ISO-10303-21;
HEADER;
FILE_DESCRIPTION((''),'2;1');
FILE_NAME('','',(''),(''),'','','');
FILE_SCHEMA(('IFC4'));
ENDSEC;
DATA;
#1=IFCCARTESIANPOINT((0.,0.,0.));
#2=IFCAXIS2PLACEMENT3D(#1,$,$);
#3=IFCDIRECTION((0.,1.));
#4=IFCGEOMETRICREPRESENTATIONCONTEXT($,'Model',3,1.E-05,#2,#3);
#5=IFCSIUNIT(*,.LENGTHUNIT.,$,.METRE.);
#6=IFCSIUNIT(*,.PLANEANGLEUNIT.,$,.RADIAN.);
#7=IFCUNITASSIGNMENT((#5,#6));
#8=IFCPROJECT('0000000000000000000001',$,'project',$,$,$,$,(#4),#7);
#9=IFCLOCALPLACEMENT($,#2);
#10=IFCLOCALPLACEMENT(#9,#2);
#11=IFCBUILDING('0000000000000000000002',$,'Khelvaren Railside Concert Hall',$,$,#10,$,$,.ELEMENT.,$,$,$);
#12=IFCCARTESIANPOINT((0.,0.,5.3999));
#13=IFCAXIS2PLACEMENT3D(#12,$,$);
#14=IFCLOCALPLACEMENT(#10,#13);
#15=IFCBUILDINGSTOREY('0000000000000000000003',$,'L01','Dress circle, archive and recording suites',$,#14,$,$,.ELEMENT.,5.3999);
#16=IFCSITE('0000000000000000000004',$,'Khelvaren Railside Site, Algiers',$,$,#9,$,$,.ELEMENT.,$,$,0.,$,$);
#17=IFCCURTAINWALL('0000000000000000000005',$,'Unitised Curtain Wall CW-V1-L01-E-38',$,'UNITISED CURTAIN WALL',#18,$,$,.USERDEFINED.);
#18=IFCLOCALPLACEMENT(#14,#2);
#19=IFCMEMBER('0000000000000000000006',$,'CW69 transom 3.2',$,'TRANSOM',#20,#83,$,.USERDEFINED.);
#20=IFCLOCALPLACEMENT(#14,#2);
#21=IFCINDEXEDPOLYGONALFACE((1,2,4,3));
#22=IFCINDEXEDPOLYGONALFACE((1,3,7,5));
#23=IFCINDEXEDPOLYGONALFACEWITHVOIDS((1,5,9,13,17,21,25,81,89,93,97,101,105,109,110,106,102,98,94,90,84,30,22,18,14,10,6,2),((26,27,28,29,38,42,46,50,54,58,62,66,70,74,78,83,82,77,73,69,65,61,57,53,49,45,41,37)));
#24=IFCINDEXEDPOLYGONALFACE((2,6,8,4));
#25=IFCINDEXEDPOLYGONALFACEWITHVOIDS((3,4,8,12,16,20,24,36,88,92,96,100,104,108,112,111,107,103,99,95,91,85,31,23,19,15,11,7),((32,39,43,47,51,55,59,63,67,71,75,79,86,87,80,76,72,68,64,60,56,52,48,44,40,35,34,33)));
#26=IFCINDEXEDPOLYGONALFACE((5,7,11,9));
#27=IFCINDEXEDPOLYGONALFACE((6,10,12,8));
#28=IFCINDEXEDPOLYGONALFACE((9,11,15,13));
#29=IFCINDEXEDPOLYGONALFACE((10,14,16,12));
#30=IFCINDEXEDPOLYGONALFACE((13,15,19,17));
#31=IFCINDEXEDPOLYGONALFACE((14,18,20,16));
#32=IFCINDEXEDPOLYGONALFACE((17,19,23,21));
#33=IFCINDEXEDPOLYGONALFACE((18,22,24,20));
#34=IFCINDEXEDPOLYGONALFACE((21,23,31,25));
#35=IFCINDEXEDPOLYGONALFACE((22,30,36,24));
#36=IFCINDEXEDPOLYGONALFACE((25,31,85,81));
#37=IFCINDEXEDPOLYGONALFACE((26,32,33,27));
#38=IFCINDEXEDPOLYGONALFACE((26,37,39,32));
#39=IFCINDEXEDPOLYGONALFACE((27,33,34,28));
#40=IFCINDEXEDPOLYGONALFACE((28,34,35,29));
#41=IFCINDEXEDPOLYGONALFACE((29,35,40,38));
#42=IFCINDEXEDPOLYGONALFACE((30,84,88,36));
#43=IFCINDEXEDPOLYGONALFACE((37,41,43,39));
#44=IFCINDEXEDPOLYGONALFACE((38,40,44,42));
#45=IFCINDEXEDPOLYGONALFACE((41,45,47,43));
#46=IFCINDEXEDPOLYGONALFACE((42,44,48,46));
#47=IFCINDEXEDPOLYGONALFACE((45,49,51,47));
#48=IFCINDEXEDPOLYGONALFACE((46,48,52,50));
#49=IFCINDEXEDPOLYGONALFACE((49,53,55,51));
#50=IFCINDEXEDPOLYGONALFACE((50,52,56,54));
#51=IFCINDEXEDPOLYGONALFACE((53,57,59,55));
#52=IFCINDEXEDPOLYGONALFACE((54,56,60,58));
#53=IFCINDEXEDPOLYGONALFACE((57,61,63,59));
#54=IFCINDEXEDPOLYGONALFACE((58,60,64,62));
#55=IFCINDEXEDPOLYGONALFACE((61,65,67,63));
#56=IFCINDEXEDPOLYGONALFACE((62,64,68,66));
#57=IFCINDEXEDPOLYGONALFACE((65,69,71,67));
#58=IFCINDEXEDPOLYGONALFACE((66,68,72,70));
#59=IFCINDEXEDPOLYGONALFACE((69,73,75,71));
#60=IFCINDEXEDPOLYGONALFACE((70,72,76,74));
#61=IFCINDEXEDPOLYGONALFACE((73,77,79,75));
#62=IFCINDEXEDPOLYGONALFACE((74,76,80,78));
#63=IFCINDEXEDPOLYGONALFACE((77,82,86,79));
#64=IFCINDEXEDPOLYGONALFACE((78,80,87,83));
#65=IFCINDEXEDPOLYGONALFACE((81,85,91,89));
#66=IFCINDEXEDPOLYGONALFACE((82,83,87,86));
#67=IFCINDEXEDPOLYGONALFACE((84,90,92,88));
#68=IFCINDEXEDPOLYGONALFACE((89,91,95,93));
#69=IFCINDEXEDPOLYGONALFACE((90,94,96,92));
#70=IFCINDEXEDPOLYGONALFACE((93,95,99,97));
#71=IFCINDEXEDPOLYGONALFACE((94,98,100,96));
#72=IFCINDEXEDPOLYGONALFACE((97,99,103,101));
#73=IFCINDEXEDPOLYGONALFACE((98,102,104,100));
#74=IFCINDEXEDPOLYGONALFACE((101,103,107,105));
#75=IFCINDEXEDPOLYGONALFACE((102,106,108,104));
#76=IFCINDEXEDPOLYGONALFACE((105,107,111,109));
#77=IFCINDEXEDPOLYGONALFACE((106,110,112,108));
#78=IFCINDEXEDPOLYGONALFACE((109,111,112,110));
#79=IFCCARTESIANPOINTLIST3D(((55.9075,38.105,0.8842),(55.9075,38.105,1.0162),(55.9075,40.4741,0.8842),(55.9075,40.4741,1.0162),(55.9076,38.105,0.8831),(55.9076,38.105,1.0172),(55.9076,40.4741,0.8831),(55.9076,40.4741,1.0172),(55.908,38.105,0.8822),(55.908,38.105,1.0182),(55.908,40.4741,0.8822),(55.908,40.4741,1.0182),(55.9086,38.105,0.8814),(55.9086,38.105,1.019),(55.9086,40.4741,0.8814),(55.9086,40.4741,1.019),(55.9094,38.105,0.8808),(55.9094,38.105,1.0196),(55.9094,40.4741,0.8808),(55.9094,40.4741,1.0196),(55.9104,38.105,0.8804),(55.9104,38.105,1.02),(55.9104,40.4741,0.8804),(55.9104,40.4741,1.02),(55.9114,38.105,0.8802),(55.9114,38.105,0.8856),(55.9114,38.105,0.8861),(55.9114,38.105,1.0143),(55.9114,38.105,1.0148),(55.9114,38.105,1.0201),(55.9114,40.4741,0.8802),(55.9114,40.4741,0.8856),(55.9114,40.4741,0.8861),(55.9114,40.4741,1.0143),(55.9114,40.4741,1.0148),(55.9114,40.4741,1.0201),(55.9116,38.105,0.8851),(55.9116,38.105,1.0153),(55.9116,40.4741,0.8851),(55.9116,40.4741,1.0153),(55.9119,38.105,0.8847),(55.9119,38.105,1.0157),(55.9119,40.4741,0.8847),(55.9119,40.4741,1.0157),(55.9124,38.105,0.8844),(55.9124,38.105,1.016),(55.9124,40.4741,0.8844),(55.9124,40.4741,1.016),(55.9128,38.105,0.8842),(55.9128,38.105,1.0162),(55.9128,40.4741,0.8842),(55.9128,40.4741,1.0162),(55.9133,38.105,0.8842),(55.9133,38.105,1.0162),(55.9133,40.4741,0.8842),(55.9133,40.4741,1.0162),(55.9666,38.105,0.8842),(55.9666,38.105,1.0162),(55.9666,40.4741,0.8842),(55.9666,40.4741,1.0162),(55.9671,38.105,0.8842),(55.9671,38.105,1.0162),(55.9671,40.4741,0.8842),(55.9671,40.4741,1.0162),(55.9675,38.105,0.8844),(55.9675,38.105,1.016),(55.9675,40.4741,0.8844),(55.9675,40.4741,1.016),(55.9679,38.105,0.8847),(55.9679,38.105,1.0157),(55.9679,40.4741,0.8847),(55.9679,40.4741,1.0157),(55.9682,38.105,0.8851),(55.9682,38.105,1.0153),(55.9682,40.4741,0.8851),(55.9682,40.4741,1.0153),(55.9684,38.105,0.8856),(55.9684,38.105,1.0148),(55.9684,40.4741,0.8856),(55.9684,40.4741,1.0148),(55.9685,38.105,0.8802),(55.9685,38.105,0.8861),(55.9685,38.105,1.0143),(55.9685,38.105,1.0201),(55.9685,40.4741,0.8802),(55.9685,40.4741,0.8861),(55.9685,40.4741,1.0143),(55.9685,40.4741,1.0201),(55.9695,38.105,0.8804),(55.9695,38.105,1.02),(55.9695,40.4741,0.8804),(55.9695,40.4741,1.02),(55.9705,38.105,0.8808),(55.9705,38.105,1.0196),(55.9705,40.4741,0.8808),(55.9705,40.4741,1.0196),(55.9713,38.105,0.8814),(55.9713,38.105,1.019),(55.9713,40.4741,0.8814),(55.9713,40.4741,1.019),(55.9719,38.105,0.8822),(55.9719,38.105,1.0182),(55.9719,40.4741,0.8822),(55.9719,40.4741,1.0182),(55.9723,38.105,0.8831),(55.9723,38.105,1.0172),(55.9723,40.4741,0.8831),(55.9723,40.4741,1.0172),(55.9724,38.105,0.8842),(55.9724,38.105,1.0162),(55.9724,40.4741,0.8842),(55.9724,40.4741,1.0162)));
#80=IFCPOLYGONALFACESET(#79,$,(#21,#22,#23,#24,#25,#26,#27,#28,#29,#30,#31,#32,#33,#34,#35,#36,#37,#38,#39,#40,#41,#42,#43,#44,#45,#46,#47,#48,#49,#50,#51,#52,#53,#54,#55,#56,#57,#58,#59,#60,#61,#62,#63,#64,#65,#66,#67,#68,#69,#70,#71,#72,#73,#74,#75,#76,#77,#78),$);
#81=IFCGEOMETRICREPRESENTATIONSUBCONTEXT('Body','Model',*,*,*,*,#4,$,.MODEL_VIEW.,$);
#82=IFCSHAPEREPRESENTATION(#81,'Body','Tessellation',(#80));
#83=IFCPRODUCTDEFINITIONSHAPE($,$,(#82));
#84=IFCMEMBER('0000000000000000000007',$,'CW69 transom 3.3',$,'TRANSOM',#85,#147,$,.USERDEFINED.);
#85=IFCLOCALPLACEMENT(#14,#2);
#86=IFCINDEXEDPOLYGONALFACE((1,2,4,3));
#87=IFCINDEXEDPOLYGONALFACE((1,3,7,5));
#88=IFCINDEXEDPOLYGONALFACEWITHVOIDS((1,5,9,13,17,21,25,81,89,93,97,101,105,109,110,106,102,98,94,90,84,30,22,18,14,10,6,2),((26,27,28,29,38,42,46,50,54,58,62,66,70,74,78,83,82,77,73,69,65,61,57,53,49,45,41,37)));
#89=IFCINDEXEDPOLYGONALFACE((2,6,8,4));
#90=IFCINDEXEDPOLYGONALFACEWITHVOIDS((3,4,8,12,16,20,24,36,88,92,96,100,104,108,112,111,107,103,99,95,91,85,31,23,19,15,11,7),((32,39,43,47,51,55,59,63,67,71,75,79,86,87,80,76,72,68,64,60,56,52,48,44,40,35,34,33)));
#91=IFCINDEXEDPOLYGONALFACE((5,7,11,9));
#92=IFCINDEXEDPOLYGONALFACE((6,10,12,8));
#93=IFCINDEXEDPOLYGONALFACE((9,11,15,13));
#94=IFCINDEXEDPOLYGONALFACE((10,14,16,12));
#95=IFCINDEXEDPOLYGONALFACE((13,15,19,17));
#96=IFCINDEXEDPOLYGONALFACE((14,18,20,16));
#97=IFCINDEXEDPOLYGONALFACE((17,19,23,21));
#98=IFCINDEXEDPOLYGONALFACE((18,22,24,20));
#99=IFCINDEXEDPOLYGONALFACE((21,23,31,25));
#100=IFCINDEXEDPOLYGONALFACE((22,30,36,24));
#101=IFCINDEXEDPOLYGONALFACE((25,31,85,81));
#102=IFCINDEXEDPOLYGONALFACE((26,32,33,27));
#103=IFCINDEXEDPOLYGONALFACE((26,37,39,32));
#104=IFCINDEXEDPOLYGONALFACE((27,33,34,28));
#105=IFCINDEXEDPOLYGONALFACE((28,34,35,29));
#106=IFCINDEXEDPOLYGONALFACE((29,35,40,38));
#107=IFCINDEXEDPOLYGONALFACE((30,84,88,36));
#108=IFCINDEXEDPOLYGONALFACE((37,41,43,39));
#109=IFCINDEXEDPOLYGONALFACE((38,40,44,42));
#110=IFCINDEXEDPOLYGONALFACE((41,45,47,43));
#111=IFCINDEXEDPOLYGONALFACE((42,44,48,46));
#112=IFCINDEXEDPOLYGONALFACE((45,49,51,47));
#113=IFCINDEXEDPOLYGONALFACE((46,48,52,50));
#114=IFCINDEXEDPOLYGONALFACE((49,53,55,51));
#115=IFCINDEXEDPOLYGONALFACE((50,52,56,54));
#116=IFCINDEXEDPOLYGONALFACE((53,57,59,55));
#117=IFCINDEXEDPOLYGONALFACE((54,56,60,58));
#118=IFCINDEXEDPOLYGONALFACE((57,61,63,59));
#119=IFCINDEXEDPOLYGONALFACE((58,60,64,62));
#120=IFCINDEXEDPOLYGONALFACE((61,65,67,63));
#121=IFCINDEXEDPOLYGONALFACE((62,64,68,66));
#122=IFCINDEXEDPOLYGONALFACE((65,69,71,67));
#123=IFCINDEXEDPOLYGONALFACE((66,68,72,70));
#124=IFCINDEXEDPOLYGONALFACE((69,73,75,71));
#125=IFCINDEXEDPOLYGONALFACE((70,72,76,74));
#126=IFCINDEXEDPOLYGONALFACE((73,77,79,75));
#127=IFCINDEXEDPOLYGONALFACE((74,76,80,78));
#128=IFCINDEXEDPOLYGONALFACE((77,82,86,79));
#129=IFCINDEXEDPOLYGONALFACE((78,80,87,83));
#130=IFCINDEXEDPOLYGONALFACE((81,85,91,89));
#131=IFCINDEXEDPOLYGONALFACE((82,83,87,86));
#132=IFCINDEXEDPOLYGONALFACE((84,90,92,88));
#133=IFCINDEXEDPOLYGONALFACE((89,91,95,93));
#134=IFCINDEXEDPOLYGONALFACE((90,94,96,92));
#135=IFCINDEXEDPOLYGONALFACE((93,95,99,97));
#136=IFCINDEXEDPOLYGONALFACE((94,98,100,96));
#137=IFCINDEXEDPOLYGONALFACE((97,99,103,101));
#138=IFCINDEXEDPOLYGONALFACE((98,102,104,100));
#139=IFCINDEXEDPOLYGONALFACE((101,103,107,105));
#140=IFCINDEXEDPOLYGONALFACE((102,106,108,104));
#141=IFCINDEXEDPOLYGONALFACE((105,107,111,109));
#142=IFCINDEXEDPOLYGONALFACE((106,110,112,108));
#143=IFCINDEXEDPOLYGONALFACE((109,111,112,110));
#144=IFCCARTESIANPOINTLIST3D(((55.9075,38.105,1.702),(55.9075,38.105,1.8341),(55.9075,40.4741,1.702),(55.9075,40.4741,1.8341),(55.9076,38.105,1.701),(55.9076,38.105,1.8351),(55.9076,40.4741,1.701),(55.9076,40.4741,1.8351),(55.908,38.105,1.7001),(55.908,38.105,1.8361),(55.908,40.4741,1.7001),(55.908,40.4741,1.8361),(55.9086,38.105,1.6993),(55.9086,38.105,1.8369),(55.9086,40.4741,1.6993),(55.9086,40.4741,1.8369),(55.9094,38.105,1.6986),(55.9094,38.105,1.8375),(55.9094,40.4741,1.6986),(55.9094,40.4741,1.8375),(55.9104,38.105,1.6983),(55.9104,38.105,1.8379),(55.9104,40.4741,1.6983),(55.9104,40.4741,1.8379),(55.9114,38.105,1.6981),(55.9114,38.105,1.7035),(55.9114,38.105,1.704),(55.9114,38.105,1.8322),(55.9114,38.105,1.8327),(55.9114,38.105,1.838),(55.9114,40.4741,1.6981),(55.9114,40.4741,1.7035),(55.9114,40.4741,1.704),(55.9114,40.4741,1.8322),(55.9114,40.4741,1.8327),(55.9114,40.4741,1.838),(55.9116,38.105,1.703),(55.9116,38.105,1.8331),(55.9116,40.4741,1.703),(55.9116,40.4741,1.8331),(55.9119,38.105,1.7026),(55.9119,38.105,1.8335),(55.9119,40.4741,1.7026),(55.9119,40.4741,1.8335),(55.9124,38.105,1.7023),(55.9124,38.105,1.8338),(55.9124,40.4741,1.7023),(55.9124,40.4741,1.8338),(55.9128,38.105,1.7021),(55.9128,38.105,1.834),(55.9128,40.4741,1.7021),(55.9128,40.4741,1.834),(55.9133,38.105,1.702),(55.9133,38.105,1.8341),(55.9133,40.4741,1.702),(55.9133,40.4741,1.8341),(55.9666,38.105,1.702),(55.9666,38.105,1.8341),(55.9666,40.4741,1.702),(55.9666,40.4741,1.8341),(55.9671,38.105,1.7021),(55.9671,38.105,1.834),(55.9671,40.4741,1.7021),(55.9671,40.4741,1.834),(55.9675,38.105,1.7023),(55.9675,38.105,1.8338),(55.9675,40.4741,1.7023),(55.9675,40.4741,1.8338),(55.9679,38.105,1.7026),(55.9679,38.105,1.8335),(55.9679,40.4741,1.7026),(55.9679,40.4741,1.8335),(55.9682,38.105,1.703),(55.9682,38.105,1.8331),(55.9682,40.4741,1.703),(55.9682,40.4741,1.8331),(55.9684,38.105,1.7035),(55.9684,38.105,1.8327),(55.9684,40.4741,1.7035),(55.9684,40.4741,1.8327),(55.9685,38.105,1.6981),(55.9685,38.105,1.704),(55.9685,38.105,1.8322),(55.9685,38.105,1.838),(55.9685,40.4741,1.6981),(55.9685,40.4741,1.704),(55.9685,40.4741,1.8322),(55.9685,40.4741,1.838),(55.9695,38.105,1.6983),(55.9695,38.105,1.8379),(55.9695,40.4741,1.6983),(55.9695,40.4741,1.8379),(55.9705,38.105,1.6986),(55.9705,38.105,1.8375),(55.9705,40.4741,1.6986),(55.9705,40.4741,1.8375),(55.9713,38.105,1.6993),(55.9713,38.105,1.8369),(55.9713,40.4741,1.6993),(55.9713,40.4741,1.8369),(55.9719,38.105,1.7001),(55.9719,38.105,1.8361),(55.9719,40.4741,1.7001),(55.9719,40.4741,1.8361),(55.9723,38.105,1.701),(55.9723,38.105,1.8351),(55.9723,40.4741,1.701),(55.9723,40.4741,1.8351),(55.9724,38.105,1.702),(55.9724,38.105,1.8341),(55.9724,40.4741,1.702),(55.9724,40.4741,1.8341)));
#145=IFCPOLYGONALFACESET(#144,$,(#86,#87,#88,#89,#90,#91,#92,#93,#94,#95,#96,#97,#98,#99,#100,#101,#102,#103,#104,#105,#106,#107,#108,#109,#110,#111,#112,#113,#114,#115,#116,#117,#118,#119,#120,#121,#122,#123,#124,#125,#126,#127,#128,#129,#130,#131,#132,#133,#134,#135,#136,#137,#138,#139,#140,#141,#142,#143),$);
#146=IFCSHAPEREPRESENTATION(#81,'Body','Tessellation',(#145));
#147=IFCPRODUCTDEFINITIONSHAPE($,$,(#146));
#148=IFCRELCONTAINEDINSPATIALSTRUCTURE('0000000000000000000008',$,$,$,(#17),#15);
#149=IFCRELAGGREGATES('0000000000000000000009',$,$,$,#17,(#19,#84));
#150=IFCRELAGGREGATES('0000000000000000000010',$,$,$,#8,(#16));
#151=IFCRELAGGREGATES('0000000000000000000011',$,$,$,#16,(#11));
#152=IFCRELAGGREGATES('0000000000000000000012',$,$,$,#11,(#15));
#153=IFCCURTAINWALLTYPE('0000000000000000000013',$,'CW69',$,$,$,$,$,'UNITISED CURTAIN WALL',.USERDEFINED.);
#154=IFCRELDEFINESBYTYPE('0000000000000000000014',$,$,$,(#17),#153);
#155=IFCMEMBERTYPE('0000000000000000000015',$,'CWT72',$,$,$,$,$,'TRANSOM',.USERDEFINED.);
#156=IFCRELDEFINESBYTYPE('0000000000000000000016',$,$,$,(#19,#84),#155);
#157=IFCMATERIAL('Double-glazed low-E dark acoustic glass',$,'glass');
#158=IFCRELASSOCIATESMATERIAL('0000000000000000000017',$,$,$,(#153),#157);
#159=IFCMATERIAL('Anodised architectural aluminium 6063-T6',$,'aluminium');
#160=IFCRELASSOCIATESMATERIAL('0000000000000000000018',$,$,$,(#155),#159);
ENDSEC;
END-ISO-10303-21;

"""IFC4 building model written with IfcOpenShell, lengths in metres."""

from ifc_helpers import new_model, si_unit, direction, frame, origin, origin_2d, place, context, subcontext, project, spatial, hollow_rectangle, extrude, material, material_profile, profile_set, type_object, element, aggregate, save


model = new_model("IFC4")

# Units and contexts
model_context = context("Model", 3, precision=1e-05, world=origin(), true_north=direction((0.0, 1.0)))
body_context = subcontext(model_context, "Body", "Model", "MODEL_VIEW")
ifc_project = project(units=[si_unit("LENGTHUNIT", "METRE"), si_unit("PLANEANGLEUNIT", "RADIAN")], contexts=[model_context])

# Site, building, storey
site_placement = place(None, origin())
site = spatial("IfcSite", under=ifc_project, at=site_placement, Name="Khelvaren Railside Site, Algiers", CompositionType="ELEMENT", RefElevation=0.0)
building_placement = place(site_placement, origin())
building = spatial("IfcBuilding", under=site, at=building_placement, Name="Khelvaren Railside Concert Hall", CompositionType="ELEMENT")
storey_placement = place(building_placement, frame((0.0, 0.0, 5.3999)))
storey = spatial("IfcBuildingStorey", under=building, at=storey_placement, Name="L01", Description="Dress circle, archive and recording suites", CompositionType="ELEMENT", Elevation=5.3999)

# Curtain wall, members
ifc_material_1 = material(Name="Double-glazed low-E dark acoustic glass", Category="glass")
curtain_wall_type = type_object("IfcCurtainWallType", Name="CW69", ElementType="UNITISED CURTAIN WALL", PredefinedType="USERDEFINED", material=ifc_material_1)
curtain_wall_placement = place(storey_placement, origin())
curtain_wall = element("IfcCurtainWall", 1, at=curtain_wall_placement, inside=storey, type_object=curtain_wall_type, Name="Unitised Curtain Wall CW-V1-L01-E-38", ObjectType="UNITISED CURTAIN WALL", PredefinedType="USERDEFINED")
ifc_material_2 = material(Name="Anodised architectural aluminium 6063-T6", Category="aluminium")
ifc_material_profile_1 = material_profile(ifc_material_2, hollow_rectangle(XDim=0.0649, YDim=0.1399, WallThickness=0.0039, InnerFilletRadius=0.002, OuterFilletRadius=0.0039, at=origin_2d()), Name="CWT 65x140x4")
ifc_profile_set_1 = profile_set([ifc_material_profile_1], Name="Anodised architectural aluminium 6063-T6")
member_type_1 = type_object("IfcMemberType", Name="CWT72", ElementType="TRANSOM", PredefinedType="USERDEFINED", material=ifc_profile_set_1)
member_1_placement = place(storey_placement, frame((55.9399, 40.4741, 0.9502), z_axis=(0.0, -1.0, 0.0), x_axis=(1.0, 0.0, 0.0)))
member_1 = element("IfcMember", 2, at=member_1_placement, type_object=member_type_1, Name="CW69 transom 3.2", ObjectType="TRANSOM", PredefinedType="USERDEFINED", context=body_context, shape_type="SweptSolid", body=[
    extrude(hollow_rectangle(XDim=0.0649, YDim=0.1399, WallThickness=0.0039, InnerFilletRadius=0.002, OuterFilletRadius=0.0039, at=origin_2d()), origin(), (0.0, 0.0, 1.0), 2.3691),
])
member_2_placement = place(storey_placement, frame((55.9399, 40.4741, 1.7681), z_axis=(0.0, -1.0, 0.0), x_axis=(1.0, 0.0, 0.0)))
member_2 = element("IfcMember", 3, at=member_2_placement, type_object=member_type_1, Name="CW69 transom 3.3", ObjectType="TRANSOM", PredefinedType="USERDEFINED", context=body_context, shape_type="SweptSolid", body=[
    extrude(hollow_rectangle(XDim=0.0649, YDim=0.1399, WallThickness=0.0039, InnerFilletRadius=0.002, OuterFilletRadius=0.0039, at=origin_2d()), origin(), (0.0, 0.0, 1.0), 2.3691),
])

aggregate(curtain_wall, [member_1, member_2])

save(model, "model.ifc")
